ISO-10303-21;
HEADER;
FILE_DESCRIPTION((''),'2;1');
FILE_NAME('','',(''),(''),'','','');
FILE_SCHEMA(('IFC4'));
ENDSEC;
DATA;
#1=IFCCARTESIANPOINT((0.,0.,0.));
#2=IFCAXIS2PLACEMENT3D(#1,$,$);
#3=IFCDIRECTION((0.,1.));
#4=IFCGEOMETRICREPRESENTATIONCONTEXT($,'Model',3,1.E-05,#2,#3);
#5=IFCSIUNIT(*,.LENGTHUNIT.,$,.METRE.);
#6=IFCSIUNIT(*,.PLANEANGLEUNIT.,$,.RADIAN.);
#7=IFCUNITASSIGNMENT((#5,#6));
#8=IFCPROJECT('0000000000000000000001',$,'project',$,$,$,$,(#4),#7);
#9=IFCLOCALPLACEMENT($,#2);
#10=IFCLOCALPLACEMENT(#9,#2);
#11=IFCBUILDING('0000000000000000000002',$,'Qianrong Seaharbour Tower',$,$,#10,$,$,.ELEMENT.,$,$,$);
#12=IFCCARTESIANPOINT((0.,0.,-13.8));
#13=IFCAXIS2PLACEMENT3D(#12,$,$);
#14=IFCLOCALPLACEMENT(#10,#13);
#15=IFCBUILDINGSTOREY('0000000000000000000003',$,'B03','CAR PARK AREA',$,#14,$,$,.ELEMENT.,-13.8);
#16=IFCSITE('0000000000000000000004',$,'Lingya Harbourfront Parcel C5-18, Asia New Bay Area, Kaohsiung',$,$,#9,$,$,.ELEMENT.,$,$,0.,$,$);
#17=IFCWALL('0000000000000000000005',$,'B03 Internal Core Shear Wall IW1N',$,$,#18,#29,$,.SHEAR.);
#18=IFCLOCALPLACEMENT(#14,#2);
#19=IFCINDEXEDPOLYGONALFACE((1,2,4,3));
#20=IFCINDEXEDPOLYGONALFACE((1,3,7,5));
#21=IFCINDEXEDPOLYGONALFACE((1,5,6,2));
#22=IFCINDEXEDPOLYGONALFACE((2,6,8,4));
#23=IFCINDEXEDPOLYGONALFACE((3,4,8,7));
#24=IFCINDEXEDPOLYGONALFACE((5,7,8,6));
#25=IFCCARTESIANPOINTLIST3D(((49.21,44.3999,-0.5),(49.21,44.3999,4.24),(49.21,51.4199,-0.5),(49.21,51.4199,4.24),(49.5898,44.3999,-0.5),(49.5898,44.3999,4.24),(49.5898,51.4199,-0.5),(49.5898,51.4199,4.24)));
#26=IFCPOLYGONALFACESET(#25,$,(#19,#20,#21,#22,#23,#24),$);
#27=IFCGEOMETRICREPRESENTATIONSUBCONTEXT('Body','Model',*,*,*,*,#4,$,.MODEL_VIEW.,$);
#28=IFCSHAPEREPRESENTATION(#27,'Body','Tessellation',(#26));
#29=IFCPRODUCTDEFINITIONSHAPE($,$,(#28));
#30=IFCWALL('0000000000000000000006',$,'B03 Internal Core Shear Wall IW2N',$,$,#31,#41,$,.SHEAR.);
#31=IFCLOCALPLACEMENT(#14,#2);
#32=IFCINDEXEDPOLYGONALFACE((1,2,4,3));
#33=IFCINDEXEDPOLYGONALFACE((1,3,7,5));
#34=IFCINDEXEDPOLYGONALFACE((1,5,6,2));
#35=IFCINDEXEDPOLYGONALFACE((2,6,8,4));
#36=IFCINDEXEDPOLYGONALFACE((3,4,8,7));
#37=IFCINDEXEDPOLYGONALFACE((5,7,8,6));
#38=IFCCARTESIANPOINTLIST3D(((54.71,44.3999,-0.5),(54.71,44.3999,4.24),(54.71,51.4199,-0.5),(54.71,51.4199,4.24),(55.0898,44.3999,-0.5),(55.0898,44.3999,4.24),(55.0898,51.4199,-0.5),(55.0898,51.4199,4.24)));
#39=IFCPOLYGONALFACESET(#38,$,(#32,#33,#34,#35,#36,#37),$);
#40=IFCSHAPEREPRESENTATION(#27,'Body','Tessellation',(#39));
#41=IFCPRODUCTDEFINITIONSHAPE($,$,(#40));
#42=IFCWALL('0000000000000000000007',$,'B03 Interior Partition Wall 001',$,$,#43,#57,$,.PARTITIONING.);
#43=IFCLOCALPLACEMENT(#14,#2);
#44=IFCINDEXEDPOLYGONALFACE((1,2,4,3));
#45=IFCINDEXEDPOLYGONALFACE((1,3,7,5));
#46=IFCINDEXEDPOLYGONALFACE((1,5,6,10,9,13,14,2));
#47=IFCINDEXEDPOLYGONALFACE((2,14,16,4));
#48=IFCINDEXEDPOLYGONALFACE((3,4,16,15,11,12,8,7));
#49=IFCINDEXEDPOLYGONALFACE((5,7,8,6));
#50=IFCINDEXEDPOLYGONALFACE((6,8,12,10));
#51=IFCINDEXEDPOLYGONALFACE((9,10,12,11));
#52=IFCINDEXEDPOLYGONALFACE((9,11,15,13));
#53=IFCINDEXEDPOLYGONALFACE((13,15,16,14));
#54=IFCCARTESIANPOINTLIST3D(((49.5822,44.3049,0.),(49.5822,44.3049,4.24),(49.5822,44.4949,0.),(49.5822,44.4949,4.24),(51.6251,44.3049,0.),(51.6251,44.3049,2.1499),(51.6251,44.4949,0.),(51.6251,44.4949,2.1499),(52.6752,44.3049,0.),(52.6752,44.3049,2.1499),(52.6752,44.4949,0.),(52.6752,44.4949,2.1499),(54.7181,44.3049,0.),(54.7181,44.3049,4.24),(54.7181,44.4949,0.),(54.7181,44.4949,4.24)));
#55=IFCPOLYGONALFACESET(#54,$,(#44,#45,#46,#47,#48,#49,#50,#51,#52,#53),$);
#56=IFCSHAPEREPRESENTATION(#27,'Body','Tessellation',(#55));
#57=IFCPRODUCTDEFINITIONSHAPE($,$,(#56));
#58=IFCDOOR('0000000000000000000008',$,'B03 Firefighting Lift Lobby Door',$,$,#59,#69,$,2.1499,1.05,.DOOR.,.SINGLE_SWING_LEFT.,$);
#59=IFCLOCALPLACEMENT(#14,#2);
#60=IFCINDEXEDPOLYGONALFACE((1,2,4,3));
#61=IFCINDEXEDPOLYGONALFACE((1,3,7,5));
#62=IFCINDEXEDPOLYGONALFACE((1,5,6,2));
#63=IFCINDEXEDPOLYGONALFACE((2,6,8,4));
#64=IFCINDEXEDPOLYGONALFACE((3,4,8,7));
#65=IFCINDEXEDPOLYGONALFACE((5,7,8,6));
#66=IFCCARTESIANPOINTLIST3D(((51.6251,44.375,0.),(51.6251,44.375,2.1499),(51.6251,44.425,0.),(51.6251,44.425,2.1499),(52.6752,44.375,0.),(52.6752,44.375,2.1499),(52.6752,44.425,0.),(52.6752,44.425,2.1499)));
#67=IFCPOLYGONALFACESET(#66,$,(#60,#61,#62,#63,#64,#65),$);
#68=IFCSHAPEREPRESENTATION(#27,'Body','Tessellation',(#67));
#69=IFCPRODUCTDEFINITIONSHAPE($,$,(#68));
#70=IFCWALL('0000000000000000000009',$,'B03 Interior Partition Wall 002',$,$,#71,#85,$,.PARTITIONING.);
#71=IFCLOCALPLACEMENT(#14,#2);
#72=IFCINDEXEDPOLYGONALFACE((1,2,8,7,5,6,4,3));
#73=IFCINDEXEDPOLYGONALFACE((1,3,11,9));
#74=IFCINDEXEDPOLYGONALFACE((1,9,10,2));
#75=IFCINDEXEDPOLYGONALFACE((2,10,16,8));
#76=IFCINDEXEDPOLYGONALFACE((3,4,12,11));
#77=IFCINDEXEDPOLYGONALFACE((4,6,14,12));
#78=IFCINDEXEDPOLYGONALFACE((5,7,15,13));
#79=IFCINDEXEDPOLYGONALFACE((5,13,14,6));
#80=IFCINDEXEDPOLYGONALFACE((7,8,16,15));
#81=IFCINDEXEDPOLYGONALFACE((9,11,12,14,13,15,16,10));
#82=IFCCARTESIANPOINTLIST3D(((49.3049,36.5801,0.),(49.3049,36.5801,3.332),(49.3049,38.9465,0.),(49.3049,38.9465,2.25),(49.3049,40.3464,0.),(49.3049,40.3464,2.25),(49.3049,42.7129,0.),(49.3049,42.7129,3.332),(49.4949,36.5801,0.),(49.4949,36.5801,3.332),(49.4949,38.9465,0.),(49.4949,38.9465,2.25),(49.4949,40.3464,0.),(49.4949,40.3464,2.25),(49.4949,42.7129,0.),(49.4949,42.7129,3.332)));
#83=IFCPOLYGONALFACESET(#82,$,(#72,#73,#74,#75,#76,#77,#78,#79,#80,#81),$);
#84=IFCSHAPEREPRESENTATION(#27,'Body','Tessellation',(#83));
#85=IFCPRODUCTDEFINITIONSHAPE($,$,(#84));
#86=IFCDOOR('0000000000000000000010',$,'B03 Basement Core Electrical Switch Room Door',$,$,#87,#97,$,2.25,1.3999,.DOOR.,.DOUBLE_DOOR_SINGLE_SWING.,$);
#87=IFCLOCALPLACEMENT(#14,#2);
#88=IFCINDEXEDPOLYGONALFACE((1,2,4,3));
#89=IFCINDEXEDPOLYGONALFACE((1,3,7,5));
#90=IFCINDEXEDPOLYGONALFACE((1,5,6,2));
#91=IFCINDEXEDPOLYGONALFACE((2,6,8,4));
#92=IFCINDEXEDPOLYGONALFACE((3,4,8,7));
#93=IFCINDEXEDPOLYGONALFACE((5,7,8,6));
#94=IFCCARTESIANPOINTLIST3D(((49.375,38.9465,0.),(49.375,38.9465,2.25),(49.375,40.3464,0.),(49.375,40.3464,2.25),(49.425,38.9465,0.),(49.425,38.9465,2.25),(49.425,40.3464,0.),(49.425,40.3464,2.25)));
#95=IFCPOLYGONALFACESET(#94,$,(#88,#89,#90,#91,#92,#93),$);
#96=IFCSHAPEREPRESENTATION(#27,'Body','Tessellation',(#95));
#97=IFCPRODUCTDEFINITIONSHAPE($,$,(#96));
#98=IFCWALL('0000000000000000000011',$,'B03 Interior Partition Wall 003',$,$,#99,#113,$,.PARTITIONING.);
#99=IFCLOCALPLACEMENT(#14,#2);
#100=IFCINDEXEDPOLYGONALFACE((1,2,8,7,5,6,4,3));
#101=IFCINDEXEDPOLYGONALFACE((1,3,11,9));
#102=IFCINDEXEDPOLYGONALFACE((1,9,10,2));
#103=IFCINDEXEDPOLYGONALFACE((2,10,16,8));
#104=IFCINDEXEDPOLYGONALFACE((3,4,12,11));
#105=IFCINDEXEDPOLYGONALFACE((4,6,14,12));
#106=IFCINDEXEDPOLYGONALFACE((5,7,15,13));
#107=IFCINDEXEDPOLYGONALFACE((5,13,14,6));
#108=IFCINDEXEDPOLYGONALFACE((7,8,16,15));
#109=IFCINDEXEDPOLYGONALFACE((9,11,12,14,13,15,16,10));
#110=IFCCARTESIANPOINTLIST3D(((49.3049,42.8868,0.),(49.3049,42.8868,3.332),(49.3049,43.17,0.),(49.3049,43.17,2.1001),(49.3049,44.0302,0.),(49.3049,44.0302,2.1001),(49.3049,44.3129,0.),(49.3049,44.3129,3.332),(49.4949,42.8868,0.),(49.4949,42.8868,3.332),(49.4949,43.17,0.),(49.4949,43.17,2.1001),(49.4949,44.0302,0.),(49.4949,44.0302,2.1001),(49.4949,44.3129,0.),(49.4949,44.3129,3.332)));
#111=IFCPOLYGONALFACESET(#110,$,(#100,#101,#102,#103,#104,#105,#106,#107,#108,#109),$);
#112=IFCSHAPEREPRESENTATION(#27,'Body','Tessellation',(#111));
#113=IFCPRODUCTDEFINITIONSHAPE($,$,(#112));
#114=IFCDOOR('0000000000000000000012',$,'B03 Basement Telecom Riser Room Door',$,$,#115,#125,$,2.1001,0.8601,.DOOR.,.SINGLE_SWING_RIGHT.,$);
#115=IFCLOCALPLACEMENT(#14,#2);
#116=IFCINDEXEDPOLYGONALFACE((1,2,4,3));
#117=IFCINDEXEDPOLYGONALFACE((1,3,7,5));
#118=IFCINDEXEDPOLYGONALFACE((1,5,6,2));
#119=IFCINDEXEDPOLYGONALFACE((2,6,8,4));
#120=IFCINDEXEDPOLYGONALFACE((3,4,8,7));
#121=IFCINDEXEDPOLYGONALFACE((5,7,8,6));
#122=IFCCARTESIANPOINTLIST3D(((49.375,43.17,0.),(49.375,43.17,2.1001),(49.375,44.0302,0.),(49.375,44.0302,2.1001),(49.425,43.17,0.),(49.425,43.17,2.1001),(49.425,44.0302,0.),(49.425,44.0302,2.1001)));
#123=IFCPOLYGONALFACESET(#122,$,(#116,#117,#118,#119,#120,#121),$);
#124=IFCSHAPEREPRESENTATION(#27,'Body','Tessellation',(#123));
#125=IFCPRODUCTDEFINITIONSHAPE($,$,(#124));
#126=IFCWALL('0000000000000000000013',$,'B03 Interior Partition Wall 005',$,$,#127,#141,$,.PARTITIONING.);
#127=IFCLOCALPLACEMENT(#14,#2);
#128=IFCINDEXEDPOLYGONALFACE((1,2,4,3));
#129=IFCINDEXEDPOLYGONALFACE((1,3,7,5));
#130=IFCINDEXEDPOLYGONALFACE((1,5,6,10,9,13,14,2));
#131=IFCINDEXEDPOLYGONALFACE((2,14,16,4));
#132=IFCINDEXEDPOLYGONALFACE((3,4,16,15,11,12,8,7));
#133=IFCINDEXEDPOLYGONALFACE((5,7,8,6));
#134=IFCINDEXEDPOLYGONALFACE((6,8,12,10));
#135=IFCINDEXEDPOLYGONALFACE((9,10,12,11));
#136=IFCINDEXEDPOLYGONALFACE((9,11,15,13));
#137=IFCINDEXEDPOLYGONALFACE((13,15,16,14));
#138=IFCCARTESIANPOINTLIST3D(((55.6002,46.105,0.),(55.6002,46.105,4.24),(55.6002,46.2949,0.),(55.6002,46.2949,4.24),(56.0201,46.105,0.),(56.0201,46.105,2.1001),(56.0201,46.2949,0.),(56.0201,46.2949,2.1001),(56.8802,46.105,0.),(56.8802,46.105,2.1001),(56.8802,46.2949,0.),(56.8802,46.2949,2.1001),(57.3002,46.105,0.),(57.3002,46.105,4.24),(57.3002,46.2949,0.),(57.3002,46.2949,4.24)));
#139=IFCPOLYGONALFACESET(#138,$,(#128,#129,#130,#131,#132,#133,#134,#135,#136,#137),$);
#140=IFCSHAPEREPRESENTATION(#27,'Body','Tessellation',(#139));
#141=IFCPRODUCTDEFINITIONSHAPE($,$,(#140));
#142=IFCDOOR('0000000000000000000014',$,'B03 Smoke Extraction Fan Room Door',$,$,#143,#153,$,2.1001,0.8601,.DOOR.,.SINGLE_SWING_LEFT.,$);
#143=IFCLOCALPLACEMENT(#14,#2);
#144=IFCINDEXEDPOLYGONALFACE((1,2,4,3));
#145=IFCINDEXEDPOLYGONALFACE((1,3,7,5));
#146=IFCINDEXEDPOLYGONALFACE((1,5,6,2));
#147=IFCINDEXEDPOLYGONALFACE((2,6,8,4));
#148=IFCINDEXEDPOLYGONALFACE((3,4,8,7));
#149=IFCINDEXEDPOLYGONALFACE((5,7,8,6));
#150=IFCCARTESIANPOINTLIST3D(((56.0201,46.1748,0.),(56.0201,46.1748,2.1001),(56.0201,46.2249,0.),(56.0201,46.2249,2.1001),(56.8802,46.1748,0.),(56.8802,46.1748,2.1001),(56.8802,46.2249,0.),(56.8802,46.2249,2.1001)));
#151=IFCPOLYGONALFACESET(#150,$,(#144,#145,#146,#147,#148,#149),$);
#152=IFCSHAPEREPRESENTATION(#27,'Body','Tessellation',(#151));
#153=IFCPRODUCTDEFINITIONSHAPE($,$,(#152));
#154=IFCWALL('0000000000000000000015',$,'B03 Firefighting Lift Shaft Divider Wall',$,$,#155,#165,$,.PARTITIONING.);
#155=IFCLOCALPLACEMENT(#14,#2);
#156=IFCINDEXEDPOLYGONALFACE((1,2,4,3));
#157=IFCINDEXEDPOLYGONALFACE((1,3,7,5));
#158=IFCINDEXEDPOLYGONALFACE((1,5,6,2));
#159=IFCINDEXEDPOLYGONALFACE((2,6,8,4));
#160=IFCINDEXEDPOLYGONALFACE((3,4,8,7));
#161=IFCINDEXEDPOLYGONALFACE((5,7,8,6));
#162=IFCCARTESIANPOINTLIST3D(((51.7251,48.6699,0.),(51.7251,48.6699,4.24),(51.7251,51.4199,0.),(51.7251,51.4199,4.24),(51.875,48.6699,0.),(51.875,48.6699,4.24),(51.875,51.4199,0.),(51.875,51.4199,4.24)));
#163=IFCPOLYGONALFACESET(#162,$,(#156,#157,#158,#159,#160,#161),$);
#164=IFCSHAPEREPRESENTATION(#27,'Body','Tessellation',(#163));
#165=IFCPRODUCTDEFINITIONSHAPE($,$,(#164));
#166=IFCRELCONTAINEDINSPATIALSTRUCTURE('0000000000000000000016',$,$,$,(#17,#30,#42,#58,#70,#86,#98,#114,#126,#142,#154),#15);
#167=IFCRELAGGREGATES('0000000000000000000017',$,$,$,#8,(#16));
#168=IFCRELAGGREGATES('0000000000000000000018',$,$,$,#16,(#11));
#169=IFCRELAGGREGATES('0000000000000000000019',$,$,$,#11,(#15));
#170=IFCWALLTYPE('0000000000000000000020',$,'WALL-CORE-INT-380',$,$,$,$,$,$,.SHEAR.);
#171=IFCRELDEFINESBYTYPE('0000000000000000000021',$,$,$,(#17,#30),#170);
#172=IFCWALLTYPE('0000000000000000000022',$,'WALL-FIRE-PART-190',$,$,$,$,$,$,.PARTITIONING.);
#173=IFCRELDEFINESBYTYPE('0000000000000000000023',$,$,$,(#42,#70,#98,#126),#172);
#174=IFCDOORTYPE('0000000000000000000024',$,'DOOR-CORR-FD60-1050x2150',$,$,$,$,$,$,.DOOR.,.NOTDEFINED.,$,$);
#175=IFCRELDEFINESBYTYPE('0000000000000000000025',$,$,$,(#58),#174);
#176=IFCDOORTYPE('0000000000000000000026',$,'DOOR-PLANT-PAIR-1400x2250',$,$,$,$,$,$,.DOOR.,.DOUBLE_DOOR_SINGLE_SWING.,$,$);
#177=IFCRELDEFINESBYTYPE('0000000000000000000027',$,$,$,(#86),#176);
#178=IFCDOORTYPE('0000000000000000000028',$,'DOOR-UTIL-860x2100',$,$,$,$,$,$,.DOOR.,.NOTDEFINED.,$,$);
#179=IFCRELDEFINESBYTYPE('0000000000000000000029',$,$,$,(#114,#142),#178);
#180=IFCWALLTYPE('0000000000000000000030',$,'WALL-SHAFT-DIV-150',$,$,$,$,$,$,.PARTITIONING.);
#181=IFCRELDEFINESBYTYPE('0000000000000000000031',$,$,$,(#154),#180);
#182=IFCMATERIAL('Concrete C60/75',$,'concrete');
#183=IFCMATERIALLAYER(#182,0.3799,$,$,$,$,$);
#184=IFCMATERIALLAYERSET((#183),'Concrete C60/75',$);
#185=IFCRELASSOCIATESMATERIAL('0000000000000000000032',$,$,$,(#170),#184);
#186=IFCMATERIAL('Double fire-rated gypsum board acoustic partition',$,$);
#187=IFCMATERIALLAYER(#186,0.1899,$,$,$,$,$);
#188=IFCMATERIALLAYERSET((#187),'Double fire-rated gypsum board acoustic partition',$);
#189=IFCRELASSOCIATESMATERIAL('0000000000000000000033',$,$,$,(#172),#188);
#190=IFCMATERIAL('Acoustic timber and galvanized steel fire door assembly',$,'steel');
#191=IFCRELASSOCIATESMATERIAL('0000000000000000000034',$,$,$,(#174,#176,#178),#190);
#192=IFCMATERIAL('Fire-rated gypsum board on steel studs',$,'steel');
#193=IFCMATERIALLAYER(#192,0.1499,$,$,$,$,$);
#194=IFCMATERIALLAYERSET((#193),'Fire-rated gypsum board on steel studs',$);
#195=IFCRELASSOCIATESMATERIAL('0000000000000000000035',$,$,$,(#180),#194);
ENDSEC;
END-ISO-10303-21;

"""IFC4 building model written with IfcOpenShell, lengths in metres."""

from ifc_helpers import new_model, si_unit, direction, frame, frame_2d, origin, place, context, subcontext, project, spatial, rectangle, extrude, material, layer, layer_set, type_object, element, fill, save


model = new_model("IFC4")

# Units and contexts
model_context = context("Model", 3, precision=1e-05, world=origin(), true_north=direction((0.0, 1.0)))
body_context = subcontext(model_context, "Body", "Model", "MODEL_VIEW")
ifc_project = project(units=[si_unit("LENGTHUNIT", "METRE"), si_unit("PLANEANGLEUNIT", "RADIAN")], contexts=[model_context])

# Site, building, storey
site_placement = place(None, origin())
site = spatial("IfcSite", under=ifc_project, at=site_placement, Name="Lingya Harbourfront Parcel C5-18, Asia New Bay Area, Kaohsiung", CompositionType="ELEMENT", RefElevation=0.0)
building_placement = place(site_placement, origin())
building = spatial("IfcBuilding", under=site, at=building_placement, Name="Qianrong Seaharbour Tower", CompositionType="ELEMENT")
storey_placement = place(building_placement, frame((0.0, 0.0, -13.8)))
storey = spatial("IfcBuildingStorey", under=building, at=storey_placement, Name="B03", Description="CAR PARK AREA", CompositionType="ELEMENT", Elevation=-13.8)

# Walls
ifc_material_1 = material(Name="Concrete C60/75", Category="concrete")
ifc_layer_1 = layer(ifc_material_1, 0.3799)
ifc_layer_set_1 = layer_set([ifc_layer_1], Name="Concrete C60/75")
wall_type_1 = type_object("IfcWallType", Name="WALL-CORE-INT-380", PredefinedType="SHEAR", material=ifc_layer_set_1)
for number, where, z_axis, x_axis, name in (
    (1, (49.3999, 44.3999, -0.5), (0.0, 0.0, 1.0), (0.0, 1.0, 0.0), "B03 Internal Core Shear Wall IW1N"),
    (2, (54.8999, 44.3999, -0.5), (0.0, 0.0, 1.0), (0.0, 1.0, 0.0), "B03 Internal Core Shear Wall IW2N"),
):
    element("IfcWall", number, at=place(storey_placement, frame(where, z_axis=z_axis, x_axis=x_axis)), inside=storey, type_object=wall_type_1, Name=name, PredefinedType="SHEAR", context=body_context, shape_type="SweptSolid", body=[
        extrude(rectangle(XDim=7.02, YDim=0.3799, at=frame_2d((3.51, 0.0))), origin(), (0.0, 0.0, 1.0), 4.74),
    ])

# Walls, openings, doors
ifc_material_2 = material(Name="Double fire-rated gypsum board acoustic partition")
ifc_layer_2 = layer(ifc_material_2, 0.1899)
ifc_layer_set_2 = layer_set([ifc_layer_2], Name="Double fire-rated gypsum board acoustic partition")
wall_type_2 = type_object("IfcWallType", Name="WALL-FIRE-PART-190", PredefinedType="PARTITIONING", material=ifc_layer_set_2)
wall_1_placement = place(storey_placement, frame((54.718, 44.3999, 0.0), z_axis=(0.0, 0.0, 1.0), x_axis=(-1.0, 0.0, 0.0)))
wall_1 = element("IfcWall", 3, at=wall_1_placement, inside=storey, type_object=wall_type_2, Name="B03 Interior Partition Wall 001", PredefinedType="PARTITIONING", context=body_context, shape_type="SweptSolid", body=[
    extrude(rectangle(XDim=5.136, YDim=0.1899, at=frame_2d((2.5679, 0.0))), origin(), (0.0, 0.0, 1.0), 4.24),
])
opening_1_placement = place(wall_1_placement, frame((2.043, 0.0, 0.0)))
opening_1 = element("IfcOpeningElement", 4, at=opening_1_placement, cuts=wall_1, PredefinedType="OPENING", context=body_context, shape_type="SweptSolid", body=[
    extrude(rectangle(XDim=1.05, YDim=2.1499, at=frame_2d((0.5249, 1.075))), frame((0.0, 0.105, 0.0), z_axis=(0.0, -1.0, 0.0), x_axis=(1.0, 0.0, 0.0)), (0.0, 0.0, 1.0), 0.21),
])
ifc_material_3 = material(Name="Acoustic timber and galvanized steel fire door assembly", Category="steel")
door_type_1 = type_object("IfcDoorType", Name="DOOR-CORR-FD60-1050x2150", OperationType="NOTDEFINED", PredefinedType="DOOR", material=ifc_material_3)
door_1_placement = place(opening_1_placement, origin())
door_1 = element("IfcDoor", 5, at=door_1_placement, inside=storey, type_object=door_type_1, Name="B03 Firefighting Lift Lobby Door", OperationType="SINGLE_SWING_LEFT", OverallHeight=2.1499, OverallWidth=1.05, PredefinedType="DOOR", context=body_context, shape_type="SweptSolid", body=[
    extrude(rectangle(XDim=1.05, YDim=2.1499, at=frame_2d((0.5249, 1.075))), frame((0.0, 0.0249, 0.0), z_axis=(0.0, -1.0, 0.0), x_axis=(1.0, 0.0, 0.0)), (0.0, 0.0, 1.0), 0.05),
])
fill(opening_1, door_1)
wall_2_placement = place(storey_placement, frame((49.3999, 36.5801, 0.0), z_axis=(0.0, 0.0, 1.0), x_axis=(0.0, 1.0, 0.0)))
wall_2 = element("IfcWall", 6, at=wall_2_placement, inside=storey, type_object=wall_type_2, Name="B03 Interior Partition Wall 002", PredefinedType="PARTITIONING", context=body_context, shape_type="SweptSolid", body=[
    extrude(rectangle(XDim=6.1328, YDim=0.1899, at=frame_2d((3.0664, 0.0))), origin(), (0.0, 0.0, 1.0), 3.332),
])
opening_2_placement = place(wall_2_placement, frame((2.3665, 0.0, 0.0)))
opening_2 = element("IfcOpeningElement", 7, at=opening_2_placement, cuts=wall_2, PredefinedType="OPENING", context=body_context, shape_type="SweptSolid", body=[
    extrude(rectangle(XDim=1.3999, YDim=2.25, at=frame_2d((0.7, 1.125))), frame((0.0, 0.105, 0.0), z_axis=(0.0, -1.0, 0.0), x_axis=(1.0, 0.0, 0.0)), (0.0, 0.0, 1.0), 0.21),
])
door_type_2 = type_object("IfcDoorType", Name="DOOR-PLANT-PAIR-1400x2250", OperationType="DOUBLE_DOOR_SINGLE_SWING", PredefinedType="DOOR", material=ifc_material_3)
door_2_placement = place(opening_2_placement, origin())
door_2 = element("IfcDoor", 8, at=door_2_placement, inside=storey, type_object=door_type_2, Name="B03 Basement Core Electrical Switch Room Door", OperationType="DOUBLE_DOOR_SINGLE_SWING", OverallHeight=2.25, OverallWidth=1.3999, PredefinedType="DOOR", context=body_context, shape_type="SweptSolid", body=[
    extrude(rectangle(XDim=1.3999, YDim=2.25, at=frame_2d((0.7, 1.125))), frame((0.0, 0.0249, 0.0), z_axis=(0.0, -1.0, 0.0), x_axis=(1.0, 0.0, 0.0)), (0.0, 0.0, 1.0), 0.05),
])
fill(opening_2, door_2)
wall_3_placement = place(storey_placement, frame((49.3999, 42.887, 0.0), z_axis=(0.0, 0.0, 1.0), x_axis=(0.0, 1.0, 0.0)))
wall_3 = element("IfcWall", 9, at=wall_3_placement, inside=storey, type_object=wall_type_2, Name="B03 Interior Partition Wall 003", PredefinedType="PARTITIONING", context=body_context, shape_type="SweptSolid", body=[
    extrude(rectangle(XDim=1.426, YDim=0.1899, at=frame_2d((0.7129, 0.0))), origin(), (0.0, 0.0, 1.0), 3.332),
])
opening_3_placement = place(wall_3_placement, frame((0.283, 0.0, 0.0)))
opening_3 = element("IfcOpeningElement", 10, at=opening_3_placement, cuts=wall_3, PredefinedType="OPENING", context=body_context, shape_type="SweptSolid", body=[
    extrude(rectangle(XDim=0.8601, YDim=2.1001, at=frame_2d((0.4302, 1.05))), frame((0.0, 0.105, 0.0), z_axis=(0.0, -1.0, 0.0), x_axis=(1.0, 0.0, 0.0)), (0.0, 0.0, 1.0), 0.21),
])
door_type_3 = type_object("IfcDoorType", Name="DOOR-UTIL-860x2100", OperationType="NOTDEFINED", PredefinedType="DOOR", material=ifc_material_3)
door_3_placement = place(opening_3_placement, origin())
door_3 = element("IfcDoor", 11, at=door_3_placement, inside=storey, type_object=door_type_3, Name="B03 Basement Telecom Riser Room Door", OperationType="SINGLE_SWING_RIGHT", OverallHeight=2.1001, OverallWidth=0.8601, PredefinedType="DOOR", context=body_context, shape_type="SweptSolid", body=[
    extrude(rectangle(XDim=0.8601, YDim=2.1001, at=frame_2d((0.4302, 1.05))), frame((0.0, 0.0249, 0.0), z_axis=(0.0, -1.0, 0.0), x_axis=(1.0, 0.0, 0.0)), (0.0, 0.0, 1.0), 0.05),
])
fill(opening_3, door_3)
wall_4_placement = place(storey_placement, frame((55.6001, 46.2, 0.0), z_axis=(0.0, 0.0, 1.0), x_axis=(1.0, 0.0, 0.0)))
wall_4 = element("IfcWall", 12, at=wall_4_placement, inside=storey, type_object=wall_type_2, Name="B03 Interior Partition Wall 005", PredefinedType="PARTITIONING", context=body_context, shape_type="SweptSolid", body=[
    extrude(rectangle(XDim=1.7, YDim=0.1899, at=frame_2d((0.8501, 0.0))), origin(), (0.0, 0.0, 1.0), 4.24),
])
opening_4_placement = place(wall_4_placement, frame((0.4199, 0.0, 0.0)))
opening_4 = element("IfcOpeningElement", 13, at=opening_4_placement, cuts=wall_4, PredefinedType="OPENING", context=body_context, shape_type="SweptSolid", body=[
    extrude(rectangle(XDim=0.8601, YDim=2.1001, at=frame_2d((0.4302, 1.05))), frame((0.0, 0.105, 0.0), z_axis=(0.0, -1.0, 0.0), x_axis=(1.0, 0.0, 0.0)), (0.0, 0.0, 1.0), 0.21),
])
door_4_placement = place(opening_4_placement, origin())
door_4 = element("IfcDoor", 14, at=door_4_placement, inside=storey, type_object=door_type_3, Name="B03 Smoke Extraction Fan Room Door", OperationType="SINGLE_SWING_LEFT", OverallHeight=2.1001, OverallWidth=0.8601, PredefinedType="DOOR", context=body_context, shape_type="SweptSolid", body=[
    extrude(rectangle(XDim=0.8601, YDim=2.1001, at=frame_2d((0.4302, 1.05))), frame((0.0, 0.0249, 0.0), z_axis=(0.0, -1.0, 0.0), x_axis=(1.0, 0.0, 0.0)), (0.0, 0.0, 1.0), 0.05),
])
fill(opening_4, door_4)

# Wall
ifc_material_4 = material(Name="Fire-rated gypsum board on steel studs", Category="steel")
ifc_layer_3 = layer(ifc_material_4, 0.1499)
ifc_layer_set_3 = layer_set([ifc_layer_3], Name="Fire-rated gypsum board on steel studs")
wall_type_3 = type_object("IfcWallType", Name="WALL-SHAFT-DIV-150", PredefinedType="PARTITIONING", material=ifc_layer_set_3)
wall_5_placement = place(storey_placement, frame((51.8, 48.6699, 0.0), z_axis=(0.0, 0.0, 1.0), x_axis=(0.0, 1.0, 0.0)))
element("IfcWall", 15, at=wall_5_placement, inside=storey, type_object=wall_type_3, Name="B03 Firefighting Lift Shaft Divider Wall", PredefinedType="PARTITIONING", context=body_context, shape_type="SweptSolid", body=[
    extrude(rectangle(XDim=2.75, YDim=0.1499, at=frame_2d((1.375, 0.0))), origin(), (0.0, 0.0, 1.0), 4.24),
])

save(model, "model.ifc")
